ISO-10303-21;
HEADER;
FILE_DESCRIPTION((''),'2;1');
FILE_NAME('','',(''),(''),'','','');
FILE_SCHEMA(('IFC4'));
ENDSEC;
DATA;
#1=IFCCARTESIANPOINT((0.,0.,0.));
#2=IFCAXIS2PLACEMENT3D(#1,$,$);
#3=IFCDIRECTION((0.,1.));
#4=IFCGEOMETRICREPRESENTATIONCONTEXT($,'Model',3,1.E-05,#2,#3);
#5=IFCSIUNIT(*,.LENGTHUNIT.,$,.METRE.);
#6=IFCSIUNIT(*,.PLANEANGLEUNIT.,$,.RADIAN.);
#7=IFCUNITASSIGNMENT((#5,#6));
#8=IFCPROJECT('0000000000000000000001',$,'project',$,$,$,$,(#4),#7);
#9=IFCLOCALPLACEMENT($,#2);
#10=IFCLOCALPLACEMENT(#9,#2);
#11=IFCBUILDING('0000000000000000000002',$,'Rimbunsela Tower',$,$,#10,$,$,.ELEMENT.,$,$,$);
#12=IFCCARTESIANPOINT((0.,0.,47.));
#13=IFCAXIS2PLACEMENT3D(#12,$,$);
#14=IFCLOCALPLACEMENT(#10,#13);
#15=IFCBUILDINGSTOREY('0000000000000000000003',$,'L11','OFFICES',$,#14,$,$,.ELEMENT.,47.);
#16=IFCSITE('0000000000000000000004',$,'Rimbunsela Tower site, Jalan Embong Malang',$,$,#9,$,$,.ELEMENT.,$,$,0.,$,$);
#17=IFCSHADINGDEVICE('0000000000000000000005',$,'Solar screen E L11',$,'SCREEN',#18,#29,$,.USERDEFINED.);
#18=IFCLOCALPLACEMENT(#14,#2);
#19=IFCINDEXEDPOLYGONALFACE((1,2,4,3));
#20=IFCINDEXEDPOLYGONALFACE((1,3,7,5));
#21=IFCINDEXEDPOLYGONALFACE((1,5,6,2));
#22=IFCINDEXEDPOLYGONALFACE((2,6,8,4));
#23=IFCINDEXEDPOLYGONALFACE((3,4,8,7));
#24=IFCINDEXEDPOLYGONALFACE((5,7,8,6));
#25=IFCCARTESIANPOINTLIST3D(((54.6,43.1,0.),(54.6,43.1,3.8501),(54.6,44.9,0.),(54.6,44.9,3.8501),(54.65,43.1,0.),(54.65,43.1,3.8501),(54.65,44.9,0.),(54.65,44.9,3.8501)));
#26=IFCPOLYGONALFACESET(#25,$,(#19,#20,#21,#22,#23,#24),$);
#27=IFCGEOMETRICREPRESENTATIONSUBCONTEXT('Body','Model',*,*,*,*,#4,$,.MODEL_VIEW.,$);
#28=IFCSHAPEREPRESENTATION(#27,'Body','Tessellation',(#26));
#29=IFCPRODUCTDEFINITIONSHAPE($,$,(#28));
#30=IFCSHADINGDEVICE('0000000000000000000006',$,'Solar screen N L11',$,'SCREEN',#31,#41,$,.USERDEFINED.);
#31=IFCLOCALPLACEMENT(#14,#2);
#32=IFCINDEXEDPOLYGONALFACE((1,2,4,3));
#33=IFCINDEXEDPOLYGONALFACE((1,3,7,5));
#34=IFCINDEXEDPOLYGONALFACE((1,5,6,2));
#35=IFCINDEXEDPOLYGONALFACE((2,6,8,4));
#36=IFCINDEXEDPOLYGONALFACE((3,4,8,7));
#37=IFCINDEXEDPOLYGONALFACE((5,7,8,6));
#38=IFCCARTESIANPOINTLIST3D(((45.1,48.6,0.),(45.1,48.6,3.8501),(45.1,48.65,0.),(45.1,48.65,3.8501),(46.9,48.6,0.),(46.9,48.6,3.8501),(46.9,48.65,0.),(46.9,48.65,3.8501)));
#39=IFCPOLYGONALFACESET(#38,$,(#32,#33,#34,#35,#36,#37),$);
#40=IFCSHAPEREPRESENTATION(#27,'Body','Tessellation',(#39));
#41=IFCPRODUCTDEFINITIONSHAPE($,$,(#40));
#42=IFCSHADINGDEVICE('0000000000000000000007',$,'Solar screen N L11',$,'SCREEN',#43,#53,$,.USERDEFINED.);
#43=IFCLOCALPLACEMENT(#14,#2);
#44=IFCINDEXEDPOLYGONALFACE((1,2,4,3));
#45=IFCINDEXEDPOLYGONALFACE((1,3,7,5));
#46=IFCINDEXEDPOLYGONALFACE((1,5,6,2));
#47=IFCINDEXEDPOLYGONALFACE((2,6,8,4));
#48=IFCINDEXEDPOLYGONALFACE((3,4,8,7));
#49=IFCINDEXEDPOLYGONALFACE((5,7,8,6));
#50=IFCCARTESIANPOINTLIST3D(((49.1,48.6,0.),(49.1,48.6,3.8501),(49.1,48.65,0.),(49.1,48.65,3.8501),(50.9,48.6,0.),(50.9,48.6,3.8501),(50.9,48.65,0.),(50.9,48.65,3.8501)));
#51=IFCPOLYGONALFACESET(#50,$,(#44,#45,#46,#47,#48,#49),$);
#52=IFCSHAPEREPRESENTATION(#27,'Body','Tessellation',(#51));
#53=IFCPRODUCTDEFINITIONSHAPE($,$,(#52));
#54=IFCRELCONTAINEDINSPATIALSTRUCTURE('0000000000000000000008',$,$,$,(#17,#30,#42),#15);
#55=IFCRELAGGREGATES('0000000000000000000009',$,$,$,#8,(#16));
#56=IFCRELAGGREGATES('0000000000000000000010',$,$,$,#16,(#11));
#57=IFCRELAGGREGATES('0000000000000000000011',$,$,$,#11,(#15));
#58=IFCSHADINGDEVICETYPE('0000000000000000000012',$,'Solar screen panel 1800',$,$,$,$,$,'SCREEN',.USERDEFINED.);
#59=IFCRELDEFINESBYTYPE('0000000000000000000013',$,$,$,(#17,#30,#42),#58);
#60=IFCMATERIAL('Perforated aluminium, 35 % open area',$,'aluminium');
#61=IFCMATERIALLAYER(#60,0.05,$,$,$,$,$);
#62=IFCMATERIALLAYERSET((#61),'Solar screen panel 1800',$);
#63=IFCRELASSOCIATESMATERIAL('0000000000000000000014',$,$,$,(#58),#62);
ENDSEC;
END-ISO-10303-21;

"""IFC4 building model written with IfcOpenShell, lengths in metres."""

from ifc_helpers import new_model, si_unit, direction, frame, origin, origin_2d, place, context, subcontext, project, spatial, rectangle, extrude, material, layer, layer_set, type_object, element, save


model = new_model("IFC4")

# Units and contexts
model_context = context("Model", 3, precision=1e-05, world=origin(), true_north=direction((0.0, 1.0)))
body_context = subcontext(model_context, "Body", "Model", "MODEL_VIEW")
ifc_project = project(units=[si_unit("LENGTHUNIT", "METRE"), si_unit("PLANEANGLEUNIT", "RADIAN")], contexts=[model_context])

# Site, building, storey
site_placement = place(None, origin())
site = spatial("IfcSite", under=ifc_project, at=site_placement, Name="Rimbunsela Tower site, Jalan Embong Malang", CompositionType="ELEMENT", RefElevation=0.0)
building_placement = place(site_placement, origin())
building = spatial("IfcBuilding", under=site, at=building_placement, Name="Rimbunsela Tower", CompositionType="ELEMENT")
storey_placement = place(building_placement, frame((0.0, 0.0, 47.0)))
storey = spatial("IfcBuildingStorey", under=building, at=storey_placement, Name="L11", Description="OFFICES", CompositionType="ELEMENT", Elevation=47.0)

# Shading devices
ifc_material_1 = material(Name="Perforated aluminium, 35 % open area", Category="aluminium")
ifc_layer_1 = layer(ifc_material_1, 0.05)
ifc_layer_set_1 = layer_set([ifc_layer_1], Name="Solar screen panel 1800")
shading_device_type = type_object("IfcShadingDeviceType", Name="Solar screen panel 1800", ElementType="SCREEN", PredefinedType="USERDEFINED", material=ifc_layer_set_1)
for number, where, z_axis, x_axis, name in (
    (1, (54.625, 44.0, 0.0), (0.0, 0.0, 1.0), (0.0, 1.0, 0.0), "Solar screen E L11"),
    (2, (46.0, 48.625, 0.0), (0.0, 0.0, 1.0), (1.0, 0.0, 0.0), "Solar screen N L11"),
    (3, (50.0, 48.625, 0.0), (0.0, 0.0, 1.0), (1.0, 0.0, 0.0), "Solar screen N L11"),
):
    element("IfcShadingDevice", number, at=place(storey_placement, frame(where, z_axis=z_axis, x_axis=x_axis)), inside=storey, type_object=shading_device_type, Name=name, ObjectType="SCREEN", PredefinedType="USERDEFINED", context=body_context, shape_type="SweptSolid", body=[
        extrude(rectangle(XDim=1.8, YDim=0.05, at=origin_2d()), origin(), (0.0, 0.0, 1.0), 3.8501),
    ])

save(model, "model.ifc")
